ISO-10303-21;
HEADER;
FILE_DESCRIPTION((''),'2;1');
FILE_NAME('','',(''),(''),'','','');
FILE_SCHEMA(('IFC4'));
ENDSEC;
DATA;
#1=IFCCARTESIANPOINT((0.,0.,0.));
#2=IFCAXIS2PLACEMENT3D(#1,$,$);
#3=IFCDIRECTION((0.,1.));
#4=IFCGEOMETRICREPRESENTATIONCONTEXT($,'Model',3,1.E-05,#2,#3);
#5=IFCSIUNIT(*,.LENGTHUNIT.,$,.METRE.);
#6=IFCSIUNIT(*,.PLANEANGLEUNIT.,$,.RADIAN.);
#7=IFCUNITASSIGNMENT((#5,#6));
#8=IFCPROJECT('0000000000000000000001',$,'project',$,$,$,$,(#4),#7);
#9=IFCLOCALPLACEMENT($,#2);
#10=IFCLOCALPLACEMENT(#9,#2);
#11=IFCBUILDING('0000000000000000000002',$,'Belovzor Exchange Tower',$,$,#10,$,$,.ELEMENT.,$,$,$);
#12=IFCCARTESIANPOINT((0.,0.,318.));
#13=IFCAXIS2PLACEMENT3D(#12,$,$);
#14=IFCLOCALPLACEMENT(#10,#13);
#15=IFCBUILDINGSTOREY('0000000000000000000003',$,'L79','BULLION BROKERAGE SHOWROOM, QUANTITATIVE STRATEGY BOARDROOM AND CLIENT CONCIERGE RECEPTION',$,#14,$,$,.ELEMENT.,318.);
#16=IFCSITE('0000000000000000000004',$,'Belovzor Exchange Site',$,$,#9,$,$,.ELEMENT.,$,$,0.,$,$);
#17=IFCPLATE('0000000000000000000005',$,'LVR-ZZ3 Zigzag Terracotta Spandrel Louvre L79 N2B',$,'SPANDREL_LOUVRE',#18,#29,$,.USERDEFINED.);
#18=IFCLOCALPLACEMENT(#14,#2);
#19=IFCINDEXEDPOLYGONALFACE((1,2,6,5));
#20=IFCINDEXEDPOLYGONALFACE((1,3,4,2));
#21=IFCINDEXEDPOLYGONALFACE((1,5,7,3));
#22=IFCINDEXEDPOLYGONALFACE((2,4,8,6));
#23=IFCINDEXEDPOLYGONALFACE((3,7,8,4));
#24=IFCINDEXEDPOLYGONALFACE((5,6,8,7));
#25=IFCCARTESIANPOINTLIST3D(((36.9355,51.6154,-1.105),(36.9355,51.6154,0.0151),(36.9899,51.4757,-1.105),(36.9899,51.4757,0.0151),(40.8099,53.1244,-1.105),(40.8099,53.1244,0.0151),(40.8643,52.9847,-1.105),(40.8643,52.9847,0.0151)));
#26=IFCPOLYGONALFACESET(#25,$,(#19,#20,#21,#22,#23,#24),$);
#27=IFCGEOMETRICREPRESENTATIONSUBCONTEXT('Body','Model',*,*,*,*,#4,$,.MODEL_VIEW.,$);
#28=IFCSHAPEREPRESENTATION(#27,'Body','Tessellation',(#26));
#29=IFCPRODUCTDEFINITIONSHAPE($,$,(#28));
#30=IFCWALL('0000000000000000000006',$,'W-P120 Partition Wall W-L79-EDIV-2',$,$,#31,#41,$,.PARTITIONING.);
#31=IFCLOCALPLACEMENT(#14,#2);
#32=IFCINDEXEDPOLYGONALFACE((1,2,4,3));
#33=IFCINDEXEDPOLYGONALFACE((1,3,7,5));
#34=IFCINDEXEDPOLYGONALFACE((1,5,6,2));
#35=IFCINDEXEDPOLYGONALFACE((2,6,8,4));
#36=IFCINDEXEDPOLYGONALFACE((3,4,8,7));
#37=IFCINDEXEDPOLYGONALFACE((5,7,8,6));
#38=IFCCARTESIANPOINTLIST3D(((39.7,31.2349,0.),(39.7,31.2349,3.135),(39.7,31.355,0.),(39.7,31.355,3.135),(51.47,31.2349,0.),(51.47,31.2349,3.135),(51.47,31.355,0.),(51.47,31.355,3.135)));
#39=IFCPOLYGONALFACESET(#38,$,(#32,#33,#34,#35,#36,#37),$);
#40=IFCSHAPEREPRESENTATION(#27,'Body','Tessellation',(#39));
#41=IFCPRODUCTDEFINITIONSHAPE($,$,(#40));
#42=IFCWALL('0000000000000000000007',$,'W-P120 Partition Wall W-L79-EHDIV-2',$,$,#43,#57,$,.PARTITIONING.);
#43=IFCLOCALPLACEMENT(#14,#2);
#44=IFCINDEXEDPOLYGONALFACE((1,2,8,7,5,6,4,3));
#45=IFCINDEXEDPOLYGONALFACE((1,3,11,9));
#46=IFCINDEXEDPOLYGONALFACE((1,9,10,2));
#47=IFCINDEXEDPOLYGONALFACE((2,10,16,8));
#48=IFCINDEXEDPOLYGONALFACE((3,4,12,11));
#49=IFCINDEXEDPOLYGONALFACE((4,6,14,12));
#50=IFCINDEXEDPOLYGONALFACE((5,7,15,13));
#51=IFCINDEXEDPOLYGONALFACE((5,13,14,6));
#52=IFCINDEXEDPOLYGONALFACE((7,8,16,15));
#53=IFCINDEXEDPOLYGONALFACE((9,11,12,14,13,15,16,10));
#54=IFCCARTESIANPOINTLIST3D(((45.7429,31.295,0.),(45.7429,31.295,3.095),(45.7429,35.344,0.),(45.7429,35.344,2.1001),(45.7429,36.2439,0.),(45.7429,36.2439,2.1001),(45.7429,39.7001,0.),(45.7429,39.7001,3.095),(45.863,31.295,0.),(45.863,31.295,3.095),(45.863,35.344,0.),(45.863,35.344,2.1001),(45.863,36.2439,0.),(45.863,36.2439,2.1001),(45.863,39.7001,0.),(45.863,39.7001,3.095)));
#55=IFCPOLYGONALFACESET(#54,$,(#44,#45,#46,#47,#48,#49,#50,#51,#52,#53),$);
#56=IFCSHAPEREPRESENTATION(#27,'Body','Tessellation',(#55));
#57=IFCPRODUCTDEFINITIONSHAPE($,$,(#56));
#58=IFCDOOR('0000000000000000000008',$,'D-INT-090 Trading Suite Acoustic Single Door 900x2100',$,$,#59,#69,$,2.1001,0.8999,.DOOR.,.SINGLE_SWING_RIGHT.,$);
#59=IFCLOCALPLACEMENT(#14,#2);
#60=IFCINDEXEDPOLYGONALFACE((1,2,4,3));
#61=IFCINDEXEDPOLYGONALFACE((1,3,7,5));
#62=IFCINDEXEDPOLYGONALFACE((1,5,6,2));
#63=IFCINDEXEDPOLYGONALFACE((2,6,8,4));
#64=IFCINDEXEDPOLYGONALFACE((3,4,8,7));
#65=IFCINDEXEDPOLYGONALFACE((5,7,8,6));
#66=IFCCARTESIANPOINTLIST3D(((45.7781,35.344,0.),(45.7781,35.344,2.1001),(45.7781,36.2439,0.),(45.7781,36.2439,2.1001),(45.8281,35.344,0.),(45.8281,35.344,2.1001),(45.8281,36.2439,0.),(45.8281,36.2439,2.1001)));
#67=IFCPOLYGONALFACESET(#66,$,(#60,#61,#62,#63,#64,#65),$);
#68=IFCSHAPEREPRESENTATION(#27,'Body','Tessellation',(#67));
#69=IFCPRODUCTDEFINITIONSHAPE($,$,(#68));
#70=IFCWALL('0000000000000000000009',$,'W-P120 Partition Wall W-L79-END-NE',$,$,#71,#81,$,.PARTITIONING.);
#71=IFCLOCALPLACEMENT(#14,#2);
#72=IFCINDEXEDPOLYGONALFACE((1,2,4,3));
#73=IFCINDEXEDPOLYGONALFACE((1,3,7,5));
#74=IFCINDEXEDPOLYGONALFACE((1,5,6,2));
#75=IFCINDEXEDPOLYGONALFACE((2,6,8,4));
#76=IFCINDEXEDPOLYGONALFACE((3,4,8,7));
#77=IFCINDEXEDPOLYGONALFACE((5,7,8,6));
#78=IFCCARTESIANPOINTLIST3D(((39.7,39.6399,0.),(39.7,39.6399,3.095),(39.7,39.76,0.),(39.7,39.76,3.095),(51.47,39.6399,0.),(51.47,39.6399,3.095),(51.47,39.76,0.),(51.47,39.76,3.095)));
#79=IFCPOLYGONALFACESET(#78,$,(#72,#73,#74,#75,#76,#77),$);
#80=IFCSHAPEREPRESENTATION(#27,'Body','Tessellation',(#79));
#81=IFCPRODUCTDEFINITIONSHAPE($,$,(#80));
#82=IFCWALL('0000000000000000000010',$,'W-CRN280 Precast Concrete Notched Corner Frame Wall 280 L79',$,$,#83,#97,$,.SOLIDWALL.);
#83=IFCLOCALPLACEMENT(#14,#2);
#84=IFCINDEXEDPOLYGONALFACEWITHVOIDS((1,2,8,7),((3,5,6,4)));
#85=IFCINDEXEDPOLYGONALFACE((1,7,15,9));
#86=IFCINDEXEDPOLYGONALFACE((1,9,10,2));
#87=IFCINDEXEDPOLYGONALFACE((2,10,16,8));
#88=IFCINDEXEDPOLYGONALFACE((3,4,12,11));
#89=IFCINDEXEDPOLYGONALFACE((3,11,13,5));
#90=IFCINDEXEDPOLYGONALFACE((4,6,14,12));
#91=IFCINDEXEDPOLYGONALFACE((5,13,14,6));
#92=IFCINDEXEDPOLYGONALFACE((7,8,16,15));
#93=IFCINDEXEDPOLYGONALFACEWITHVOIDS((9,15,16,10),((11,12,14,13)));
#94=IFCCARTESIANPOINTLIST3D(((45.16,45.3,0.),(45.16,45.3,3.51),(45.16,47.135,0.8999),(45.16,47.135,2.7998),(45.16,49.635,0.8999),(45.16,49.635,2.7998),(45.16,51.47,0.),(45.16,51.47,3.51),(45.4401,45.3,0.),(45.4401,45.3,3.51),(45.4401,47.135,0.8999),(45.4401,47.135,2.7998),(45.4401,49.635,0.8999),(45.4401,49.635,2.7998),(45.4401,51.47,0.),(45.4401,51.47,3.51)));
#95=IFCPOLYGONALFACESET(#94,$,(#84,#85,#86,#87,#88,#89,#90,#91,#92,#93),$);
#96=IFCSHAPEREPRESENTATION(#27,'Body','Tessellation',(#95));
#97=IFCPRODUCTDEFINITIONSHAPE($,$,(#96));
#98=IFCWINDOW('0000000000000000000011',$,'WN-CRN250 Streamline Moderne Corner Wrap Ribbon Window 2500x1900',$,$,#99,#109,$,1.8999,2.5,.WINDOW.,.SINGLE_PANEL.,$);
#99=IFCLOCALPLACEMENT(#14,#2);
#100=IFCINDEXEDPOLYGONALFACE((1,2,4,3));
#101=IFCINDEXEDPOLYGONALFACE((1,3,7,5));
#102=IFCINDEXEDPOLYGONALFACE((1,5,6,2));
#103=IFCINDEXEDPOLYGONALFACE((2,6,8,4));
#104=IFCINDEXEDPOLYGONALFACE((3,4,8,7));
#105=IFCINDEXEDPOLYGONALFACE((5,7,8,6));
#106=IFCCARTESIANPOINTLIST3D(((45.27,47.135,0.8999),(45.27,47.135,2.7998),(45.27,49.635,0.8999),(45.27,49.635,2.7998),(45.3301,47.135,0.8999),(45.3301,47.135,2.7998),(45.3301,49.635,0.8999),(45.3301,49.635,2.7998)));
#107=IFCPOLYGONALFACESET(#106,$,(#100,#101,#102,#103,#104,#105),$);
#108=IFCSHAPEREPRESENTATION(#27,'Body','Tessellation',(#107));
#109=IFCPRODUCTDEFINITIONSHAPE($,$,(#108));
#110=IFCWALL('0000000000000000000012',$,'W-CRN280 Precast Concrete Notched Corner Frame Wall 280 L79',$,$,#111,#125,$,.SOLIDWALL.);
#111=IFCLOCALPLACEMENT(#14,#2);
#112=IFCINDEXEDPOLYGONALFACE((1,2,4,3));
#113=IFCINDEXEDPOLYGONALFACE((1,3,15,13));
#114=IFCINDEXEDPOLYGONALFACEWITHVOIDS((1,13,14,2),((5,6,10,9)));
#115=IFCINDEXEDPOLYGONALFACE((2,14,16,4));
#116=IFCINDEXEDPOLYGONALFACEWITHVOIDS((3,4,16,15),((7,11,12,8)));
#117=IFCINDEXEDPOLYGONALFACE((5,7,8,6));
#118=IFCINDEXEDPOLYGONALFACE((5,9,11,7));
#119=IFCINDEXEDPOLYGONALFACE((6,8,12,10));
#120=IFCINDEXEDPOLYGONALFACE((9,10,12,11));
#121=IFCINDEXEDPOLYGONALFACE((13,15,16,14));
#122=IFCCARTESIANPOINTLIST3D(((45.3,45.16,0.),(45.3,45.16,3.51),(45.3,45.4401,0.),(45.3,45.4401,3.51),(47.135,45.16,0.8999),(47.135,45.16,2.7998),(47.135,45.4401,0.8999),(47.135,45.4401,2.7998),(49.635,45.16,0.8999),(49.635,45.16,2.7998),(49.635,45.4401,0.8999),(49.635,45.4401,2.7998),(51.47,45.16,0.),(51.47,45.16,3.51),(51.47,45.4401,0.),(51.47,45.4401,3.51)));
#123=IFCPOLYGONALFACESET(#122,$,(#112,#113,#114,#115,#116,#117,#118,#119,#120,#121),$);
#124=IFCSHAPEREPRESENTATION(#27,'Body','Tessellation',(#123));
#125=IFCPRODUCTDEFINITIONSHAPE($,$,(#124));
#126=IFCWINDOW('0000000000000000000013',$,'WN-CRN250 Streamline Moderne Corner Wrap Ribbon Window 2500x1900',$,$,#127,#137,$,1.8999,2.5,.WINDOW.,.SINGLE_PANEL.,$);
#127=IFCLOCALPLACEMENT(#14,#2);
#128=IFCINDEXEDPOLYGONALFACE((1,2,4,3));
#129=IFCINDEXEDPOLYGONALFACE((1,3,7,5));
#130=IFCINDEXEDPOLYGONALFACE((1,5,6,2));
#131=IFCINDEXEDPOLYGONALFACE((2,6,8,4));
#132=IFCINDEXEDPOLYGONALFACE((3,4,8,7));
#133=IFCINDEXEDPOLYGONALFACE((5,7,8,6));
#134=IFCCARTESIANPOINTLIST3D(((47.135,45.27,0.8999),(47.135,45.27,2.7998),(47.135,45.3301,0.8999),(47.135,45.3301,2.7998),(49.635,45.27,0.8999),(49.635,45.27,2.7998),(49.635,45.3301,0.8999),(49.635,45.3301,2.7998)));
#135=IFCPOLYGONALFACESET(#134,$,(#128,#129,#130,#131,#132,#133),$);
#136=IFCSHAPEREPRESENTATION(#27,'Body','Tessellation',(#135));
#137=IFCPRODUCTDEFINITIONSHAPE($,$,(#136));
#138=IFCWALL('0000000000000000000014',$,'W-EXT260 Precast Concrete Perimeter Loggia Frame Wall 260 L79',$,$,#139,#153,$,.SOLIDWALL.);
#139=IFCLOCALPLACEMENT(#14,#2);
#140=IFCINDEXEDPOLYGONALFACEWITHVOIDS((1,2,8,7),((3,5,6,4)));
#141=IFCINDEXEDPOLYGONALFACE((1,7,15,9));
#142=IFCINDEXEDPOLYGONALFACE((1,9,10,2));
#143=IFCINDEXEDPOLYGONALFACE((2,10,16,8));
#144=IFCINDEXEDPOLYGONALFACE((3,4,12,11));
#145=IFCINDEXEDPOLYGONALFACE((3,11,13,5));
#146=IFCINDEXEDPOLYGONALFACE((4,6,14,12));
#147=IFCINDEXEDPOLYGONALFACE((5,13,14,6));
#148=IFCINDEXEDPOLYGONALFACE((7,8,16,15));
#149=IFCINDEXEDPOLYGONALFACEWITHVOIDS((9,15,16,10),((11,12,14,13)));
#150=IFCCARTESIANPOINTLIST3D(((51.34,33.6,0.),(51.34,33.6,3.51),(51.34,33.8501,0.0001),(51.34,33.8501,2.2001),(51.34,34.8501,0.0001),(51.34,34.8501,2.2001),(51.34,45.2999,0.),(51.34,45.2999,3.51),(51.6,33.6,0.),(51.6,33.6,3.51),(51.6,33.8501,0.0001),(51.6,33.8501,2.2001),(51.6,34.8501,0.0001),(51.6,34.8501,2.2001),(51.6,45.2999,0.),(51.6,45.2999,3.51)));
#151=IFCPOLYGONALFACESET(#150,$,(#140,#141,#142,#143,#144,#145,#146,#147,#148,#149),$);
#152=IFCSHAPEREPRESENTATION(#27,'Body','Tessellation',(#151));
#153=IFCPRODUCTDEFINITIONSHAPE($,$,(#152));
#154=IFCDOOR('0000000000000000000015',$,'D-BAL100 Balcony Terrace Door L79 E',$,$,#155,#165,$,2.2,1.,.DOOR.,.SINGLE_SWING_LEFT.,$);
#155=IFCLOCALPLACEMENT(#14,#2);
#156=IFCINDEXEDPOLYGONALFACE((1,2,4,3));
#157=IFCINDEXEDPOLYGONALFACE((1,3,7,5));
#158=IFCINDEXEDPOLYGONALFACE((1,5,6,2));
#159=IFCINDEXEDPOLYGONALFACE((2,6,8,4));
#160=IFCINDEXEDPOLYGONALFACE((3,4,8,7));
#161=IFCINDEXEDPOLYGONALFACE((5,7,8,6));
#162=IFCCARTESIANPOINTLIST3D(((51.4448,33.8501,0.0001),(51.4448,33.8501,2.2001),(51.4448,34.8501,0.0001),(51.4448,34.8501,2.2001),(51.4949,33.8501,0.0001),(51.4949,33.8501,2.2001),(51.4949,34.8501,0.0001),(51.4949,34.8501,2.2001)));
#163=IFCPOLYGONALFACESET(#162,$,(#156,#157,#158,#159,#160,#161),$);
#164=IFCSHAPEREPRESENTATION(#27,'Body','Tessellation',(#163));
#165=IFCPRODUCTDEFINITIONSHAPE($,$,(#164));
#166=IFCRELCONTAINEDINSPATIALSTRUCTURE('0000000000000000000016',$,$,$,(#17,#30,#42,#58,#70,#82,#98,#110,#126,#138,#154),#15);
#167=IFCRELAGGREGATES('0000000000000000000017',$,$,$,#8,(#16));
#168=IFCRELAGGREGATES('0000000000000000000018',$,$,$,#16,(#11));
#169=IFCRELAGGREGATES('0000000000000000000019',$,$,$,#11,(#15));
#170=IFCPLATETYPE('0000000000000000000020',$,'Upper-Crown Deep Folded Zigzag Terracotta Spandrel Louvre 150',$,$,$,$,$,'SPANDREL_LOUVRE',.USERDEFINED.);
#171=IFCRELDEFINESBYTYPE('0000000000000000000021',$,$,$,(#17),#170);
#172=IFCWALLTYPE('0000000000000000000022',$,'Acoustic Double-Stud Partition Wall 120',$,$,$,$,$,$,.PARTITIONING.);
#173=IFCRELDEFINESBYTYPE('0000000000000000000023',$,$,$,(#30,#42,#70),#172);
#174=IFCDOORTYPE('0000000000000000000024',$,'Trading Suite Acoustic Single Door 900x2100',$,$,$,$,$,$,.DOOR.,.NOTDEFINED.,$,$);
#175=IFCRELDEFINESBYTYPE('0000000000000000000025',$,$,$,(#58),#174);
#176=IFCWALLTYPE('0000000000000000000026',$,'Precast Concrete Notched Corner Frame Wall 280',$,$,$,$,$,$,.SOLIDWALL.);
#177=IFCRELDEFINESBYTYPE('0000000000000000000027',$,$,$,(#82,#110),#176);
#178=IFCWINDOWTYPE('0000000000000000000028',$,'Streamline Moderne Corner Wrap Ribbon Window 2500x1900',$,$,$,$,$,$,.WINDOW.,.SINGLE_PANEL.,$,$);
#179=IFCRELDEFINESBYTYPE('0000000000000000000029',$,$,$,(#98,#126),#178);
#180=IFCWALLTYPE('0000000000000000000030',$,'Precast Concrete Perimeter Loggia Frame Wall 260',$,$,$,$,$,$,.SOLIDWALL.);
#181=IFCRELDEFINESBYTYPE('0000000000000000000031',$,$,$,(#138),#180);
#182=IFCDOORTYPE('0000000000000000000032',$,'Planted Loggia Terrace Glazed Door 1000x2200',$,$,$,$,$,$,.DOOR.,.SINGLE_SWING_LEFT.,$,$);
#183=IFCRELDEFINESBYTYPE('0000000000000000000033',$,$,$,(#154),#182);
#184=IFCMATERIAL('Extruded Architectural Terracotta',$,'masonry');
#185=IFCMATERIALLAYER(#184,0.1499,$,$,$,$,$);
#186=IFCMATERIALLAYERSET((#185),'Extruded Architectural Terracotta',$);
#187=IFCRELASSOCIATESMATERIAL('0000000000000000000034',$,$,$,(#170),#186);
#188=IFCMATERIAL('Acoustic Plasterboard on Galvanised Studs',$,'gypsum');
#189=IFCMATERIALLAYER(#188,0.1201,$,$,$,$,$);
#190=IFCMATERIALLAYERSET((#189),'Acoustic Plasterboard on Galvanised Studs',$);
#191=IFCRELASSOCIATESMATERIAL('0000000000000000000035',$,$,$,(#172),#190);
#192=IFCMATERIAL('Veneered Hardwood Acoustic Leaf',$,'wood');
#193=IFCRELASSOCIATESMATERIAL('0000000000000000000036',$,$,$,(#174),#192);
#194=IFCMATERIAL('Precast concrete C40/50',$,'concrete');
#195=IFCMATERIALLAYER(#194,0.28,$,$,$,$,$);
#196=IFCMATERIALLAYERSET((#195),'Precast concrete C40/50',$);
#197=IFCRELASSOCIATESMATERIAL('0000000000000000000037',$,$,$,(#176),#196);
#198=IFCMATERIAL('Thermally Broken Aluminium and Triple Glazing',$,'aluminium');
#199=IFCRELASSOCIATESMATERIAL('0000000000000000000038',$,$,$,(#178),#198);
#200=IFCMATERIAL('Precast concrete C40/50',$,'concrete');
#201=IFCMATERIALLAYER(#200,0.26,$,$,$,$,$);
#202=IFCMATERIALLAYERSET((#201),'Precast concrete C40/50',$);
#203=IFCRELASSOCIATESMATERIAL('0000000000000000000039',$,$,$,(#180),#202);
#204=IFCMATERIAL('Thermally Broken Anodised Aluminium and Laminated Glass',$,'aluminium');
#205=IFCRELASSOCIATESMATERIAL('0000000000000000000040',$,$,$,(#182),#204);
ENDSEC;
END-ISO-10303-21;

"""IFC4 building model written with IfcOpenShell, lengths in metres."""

from ifc_helpers import new_model, si_unit, direction, frame, frame_2d, origin, origin_2d, place, context, subcontext, project, spatial, rectangle, extrude, material, layer, layer_set, type_object, element, fill, save


model = new_model("IFC4")

# Units and contexts
model_context = context("Model", 3, precision=1e-05, world=origin(), true_north=direction((0.0, 1.0)))
body_context = subcontext(model_context, "Body", "Model", "MODEL_VIEW")
ifc_project = project(units=[si_unit("LENGTHUNIT", "METRE"), si_unit("PLANEANGLEUNIT", "RADIAN")], contexts=[model_context])

# Site, building, storey
site_placement = place(None, origin())
site = spatial("IfcSite", under=ifc_project, at=site_placement, Name="Belovzor Exchange Site", CompositionType="ELEMENT", RefElevation=0.0)
building_placement = place(site_placement, origin())
building = spatial("IfcBuilding", under=site, at=building_placement, Name="Belovzor Exchange Tower", CompositionType="ELEMENT")
storey_placement = place(building_placement, frame((0.0, 0.0, 318.0)))
storey = spatial("IfcBuildingStorey", under=building, at=storey_placement, Name="L79", Description="BULLION BROKERAGE SHOWROOM, QUANTITATIVE STRATEGY BOARDROOM AND CLIENT CONCIERGE RECEPTION", CompositionType="ELEMENT", Elevation=318.0)

# Plate
ifc_material_1 = material(Name="Extruded Architectural Terracotta", Category="masonry")
ifc_layer_1 = layer(ifc_material_1, 0.1499)
ifc_layer_set_1 = layer_set([ifc_layer_1], Name="Extruded Architectural Terracotta")
plate_type_1 = type_object("IfcPlateType", Name="Upper-Crown Deep Folded Zigzag Terracotta Spandrel Louvre 150", ElementType="SPANDREL_LOUVRE", PredefinedType="USERDEFINED", material=ifc_layer_set_1)
plate_1_placement = place(storey_placement, frame((38.8999, 52.3, -1.105), z_axis=(0.0, 0.0, 1.0), x_axis=(0.931818, 0.362926, 0.0)))
element("IfcPlate", 1, at=plate_1_placement, inside=storey, type_object=plate_type_1, Name="LVR-ZZ3 Zigzag Terracotta Spandrel Louvre L79 N2B", ObjectType="SPANDREL_LOUVRE", PredefinedType="USERDEFINED", context=body_context, shape_type="SweptSolid", body=[
    extrude(rectangle(XDim=4.158, YDim=0.1499, at=origin_2d()), origin(), (0.0, 0.0, 1.0), 1.1201),
])

# Wall
ifc_material_2 = material(Name="Acoustic Plasterboard on Galvanised Studs", Category="gypsum")
ifc_layer_2 = layer(ifc_material_2, 0.1201)
ifc_layer_set_2 = layer_set([ifc_layer_2], Name="Acoustic Plasterboard on Galvanised Studs")
wall_type_1 = type_object("IfcWallType", Name="Acoustic Double-Stud Partition Wall 120", PredefinedType="PARTITIONING", material=ifc_layer_set_2)
wall_1_placement = place(storey_placement, frame((39.7, 31.2949, 0.0), z_axis=(0.0, 0.0, 1.0), x_axis=(1.0, 0.0, 0.0)))
element("IfcWall", 2, at=wall_1_placement, inside=storey, type_object=wall_type_1, Name="W-P120 Partition Wall W-L79-EDIV-2", PredefinedType="PARTITIONING", context=body_context, shape_type="SweptSolid", body=[
    extrude(rectangle(XDim=11.77, YDim=0.1201, at=frame_2d((5.885, 0.0))), origin(), (0.0, 0.0, 1.0), 3.135),
])

# Wall, opening, door
wall_2_placement = place(storey_placement, frame((45.803, 31.2949, 0.0), z_axis=(0.0, 0.0, 1.0), x_axis=(0.0, 1.0, 0.0)))
wall_2 = element("IfcWall", 3, at=wall_2_placement, inside=storey, type_object=wall_type_1, Name="W-P120 Partition Wall W-L79-EHDIV-2", PredefinedType="PARTITIONING", context=body_context, shape_type="SweptSolid", body=[
    extrude(rectangle(XDim=8.405, YDim=0.1201, at=frame_2d((4.2026, 0.0))), origin(), (0.0, 0.0, 1.0), 3.095),
])
opening_1_placement = place(wall_2_placement, frame((4.0491, 0.0, 0.0)))
opening_1 = element("IfcOpeningElement", 4, at=opening_1_placement, cuts=wall_2, PredefinedType="OPENING", context=body_context, shape_type="SweptSolid", body=[
    extrude(rectangle(XDim=0.8999, YDim=2.1001, at=frame_2d((0.45, 1.05))), frame((0.0, 0.0701, 0.0), z_axis=(0.0, -1.0, 0.0), x_axis=(1.0, 0.0, 0.0)), (0.0, 0.0, 1.0), 0.1401),
])
ifc_material_3 = material(Name="Veneered Hardwood Acoustic Leaf", Category="wood")
door_type_1 = type_object("IfcDoorType", Name="Trading Suite Acoustic Single Door 900x2100", OperationType="NOTDEFINED", PredefinedType="DOOR", material=ifc_material_3)
door_1_placement = place(opening_1_placement, origin())
door_1 = element("IfcDoor", 5, at=door_1_placement, inside=storey, type_object=door_type_1, Name="D-INT-090 Trading Suite Acoustic Single Door 900x2100", OperationType="SINGLE_SWING_RIGHT", OverallHeight=2.1001, OverallWidth=0.8999, PredefinedType="DOOR", context=body_context, shape_type="SweptSolid", body=[
    extrude(rectangle(XDim=0.8999, YDim=2.1001, at=frame_2d((0.45, 1.05))), frame((0.0, 0.0249, 0.0), z_axis=(0.0, -1.0, 0.0), x_axis=(1.0, 0.0, 0.0)), (0.0, 0.0, 1.0), 0.05),
])
fill(opening_1, door_1)

# Wall
wall_3_placement = place(storey_placement, frame((39.7, 39.7, 0.0), z_axis=(0.0, 0.0, 1.0), x_axis=(1.0, 0.0, 0.0)))
element("IfcWall", 6, at=wall_3_placement, inside=storey, type_object=wall_type_1, Name="W-P120 Partition Wall W-L79-END-NE", PredefinedType="PARTITIONING", context=body_context, shape_type="SweptSolid", body=[
    extrude(rectangle(XDim=11.77, YDim=0.1201, at=frame_2d((5.885, 0.0))), origin(), (0.0, 0.0, 1.0), 3.095),
])

# Walls, openings, windows
ifc_material_4 = material(Name="Precast concrete C40/50", Category="concrete")
ifc_layer_3 = layer(ifc_material_4, 0.28)
ifc_layer_set_3 = layer_set([ifc_layer_3], Name="Precast concrete C40/50")
wall_type_2 = type_object("IfcWallType", Name="Precast Concrete Notched Corner Frame Wall 280", PredefinedType="SOLIDWALL", material=ifc_layer_set_3)
wall_4_placement = place(storey_placement, frame((45.3, 51.47, 0.0), z_axis=(0.0, 0.0, 1.0), x_axis=(0.0, -1.0, 0.0)))
wall_4 = element("IfcWall", 7, at=wall_4_placement, inside=storey, type_object=wall_type_2, Name="W-CRN280 Precast Concrete Notched Corner Frame Wall 280 L79", PredefinedType="SOLIDWALL", context=body_context, shape_type="SweptSolid", body=[
    extrude(rectangle(XDim=6.1699, YDim=0.28, at=frame_2d((3.085, 0.0))), origin(), (0.0, 0.0, 1.0), 3.51),
])
opening_2_placement = place(wall_4_placement, frame((1.835, 0.0, 0.8999)))
opening_2 = element("IfcOpeningElement", 8, at=opening_2_placement, cuts=wall_4, PredefinedType="OPENING", context=body_context, shape_type="SweptSolid", body=[
    extrude(rectangle(XDim=2.5, YDim=1.8999, at=frame_2d((1.25, 0.95))), frame((0.0, 0.1499, 0.0), z_axis=(0.0, -1.0, 0.0), x_axis=(1.0, 0.0, 0.0)), (0.0, 0.0, 1.0), 0.3),
])
ifc_material_5 = material(Name="Thermally Broken Aluminium and Triple Glazing", Category="aluminium")
window_type = type_object("IfcWindowType", Name="Streamline Moderne Corner Wrap Ribbon Window 2500x1900", PartitioningType="SINGLE_PANEL", PredefinedType="WINDOW", material=ifc_material_5)
window_1_placement = place(opening_2_placement, origin())
window_1 = element("IfcWindow", 9, at=window_1_placement, inside=storey, type_object=window_type, Name="WN-CRN250 Streamline Moderne Corner Wrap Ribbon Window 2500x1900", OverallHeight=1.8999, OverallWidth=2.5, PartitioningType="SINGLE_PANEL", PredefinedType="WINDOW", context=body_context, shape_type="SweptSolid", body=[
    extrude(rectangle(XDim=2.5, YDim=1.8999, at=frame_2d((1.25, 0.95))), frame((0.0, 0.03, 0.0), z_axis=(0.0, -1.0, 0.0), x_axis=(1.0, 0.0, 0.0)), (0.0, 0.0, 1.0), 0.0601),
])
fill(opening_2, window_1)
wall_5_placement = place(storey_placement, frame((45.3, 45.3, 0.0), z_axis=(0.0, 0.0, 1.0), x_axis=(1.0, 0.0, 0.0)))
wall_5 = element("IfcWall", 10, at=wall_5_placement, inside=storey, type_object=wall_type_2, Name="W-CRN280 Precast Concrete Notched Corner Frame Wall 280 L79", PredefinedType="SOLIDWALL", context=body_context, shape_type="SweptSolid", body=[
    extrude(rectangle(XDim=6.1699, YDim=0.28, at=frame_2d((3.085, 0.0))), origin(), (0.0, 0.0, 1.0), 3.51),
])
opening_3_placement = place(wall_5_placement, frame((1.835, 0.0, 0.8999)))
opening_3 = element("IfcOpeningElement", 11, at=opening_3_placement, cuts=wall_5, PredefinedType="OPENING", context=body_context, shape_type="SweptSolid", body=[
    extrude(rectangle(XDim=2.5, YDim=1.8999, at=frame_2d((1.25, 0.95))), frame((0.0, 0.1499, 0.0), z_axis=(0.0, -1.0, 0.0), x_axis=(1.0, 0.0, 0.0)), (0.0, 0.0, 1.0), 0.3),
])
window_2_placement = place(opening_3_placement, origin())
window_2 = element("IfcWindow", 12, at=window_2_placement, inside=storey, type_object=window_type, Name="WN-CRN250 Streamline Moderne Corner Wrap Ribbon Window 2500x1900", OverallHeight=1.8999, OverallWidth=2.5, PartitioningType="SINGLE_PANEL", PredefinedType="WINDOW", context=body_context, shape_type="SweptSolid", body=[
    extrude(rectangle(XDim=2.5, YDim=1.8999, at=frame_2d((1.25, 0.95))), frame((0.0, 0.03, 0.0), z_axis=(0.0, -1.0, 0.0), x_axis=(1.0, 0.0, 0.0)), (0.0, 0.0, 1.0), 0.0601),
])
fill(opening_3, window_2)

# Wall, opening, door
ifc_material_6 = material(Name="Precast concrete C40/50", Category="concrete")
ifc_layer_4 = layer(ifc_material_6, 0.26)
ifc_layer_set_4 = layer_set([ifc_layer_4], Name="Precast concrete C40/50")
wall_type_3 = type_object("IfcWallType", Name="Precast Concrete Perimeter Loggia Frame Wall 260", PredefinedType="SOLIDWALL", material=ifc_layer_set_4)
wall_6_placement = place(storey_placement, frame((51.47, 45.3, 0.0), z_axis=(0.0, 0.0, 1.0), x_axis=(0.0, -1.0, 0.0)))
wall_6 = element("IfcWall", 13, at=wall_6_placement, inside=storey, type_object=wall_type_3, Name="W-EXT260 Precast Concrete Perimeter Loggia Frame Wall 260 L79", PredefinedType="SOLIDWALL", context=body_context, shape_type="SweptSolid", body=[
    extrude(rectangle(XDim=11.7, YDim=0.26, at=frame_2d((5.8501, 0.0))), origin(), (0.0, 0.0, 1.0), 3.51),
])
opening_4_placement = place(wall_6_placement, frame((10.45, 0.0, 0.0)))
opening_4 = element("IfcOpeningElement", 14, at=opening_4_placement, cuts=wall_6, PredefinedType="OPENING", context=body_context, shape_type="SweptSolid", body=[
    extrude(rectangle(XDim=1.0, YDim=2.2, at=frame_2d((0.5, 1.1001))), frame((0.0, 0.1399, 0.0), z_axis=(0.0, -1.0, 0.0), x_axis=(1.0, 0.0, 0.0)), (0.0, 0.0, 1.0), 0.28),
])
ifc_material_7 = material(Name="Thermally Broken Anodised Aluminium and Laminated Glass", Category="aluminium")
door_type_2 = type_object("IfcDoorType", Name="Planted Loggia Terrace Glazed Door 1000x2200", OperationType="SINGLE_SWING_LEFT", PredefinedType="DOOR", material=ifc_material_7)
door_2_placement = place(opening_4_placement, origin())
door_2 = element("IfcDoor", 15, at=door_2_placement, inside=storey, type_object=door_type_2, Name="D-BAL100 Balcony Terrace Door L79 E", OperationType="SINGLE_SWING_LEFT", OverallHeight=2.2, OverallWidth=1.0, PredefinedType="DOOR", context=body_context, shape_type="SweptSolid", body=[
    extrude(rectangle(XDim=1.0, YDim=2.2, at=frame_2d((0.5, 1.1001))), frame((0.0, 0.0249, 0.0), z_axis=(0.0, -1.0, 0.0), x_axis=(1.0, 0.0, 0.0)), (0.0, 0.0, 1.0), 0.05),
])
fill(opening_4, door_2)

save(model, "model.ifc")
